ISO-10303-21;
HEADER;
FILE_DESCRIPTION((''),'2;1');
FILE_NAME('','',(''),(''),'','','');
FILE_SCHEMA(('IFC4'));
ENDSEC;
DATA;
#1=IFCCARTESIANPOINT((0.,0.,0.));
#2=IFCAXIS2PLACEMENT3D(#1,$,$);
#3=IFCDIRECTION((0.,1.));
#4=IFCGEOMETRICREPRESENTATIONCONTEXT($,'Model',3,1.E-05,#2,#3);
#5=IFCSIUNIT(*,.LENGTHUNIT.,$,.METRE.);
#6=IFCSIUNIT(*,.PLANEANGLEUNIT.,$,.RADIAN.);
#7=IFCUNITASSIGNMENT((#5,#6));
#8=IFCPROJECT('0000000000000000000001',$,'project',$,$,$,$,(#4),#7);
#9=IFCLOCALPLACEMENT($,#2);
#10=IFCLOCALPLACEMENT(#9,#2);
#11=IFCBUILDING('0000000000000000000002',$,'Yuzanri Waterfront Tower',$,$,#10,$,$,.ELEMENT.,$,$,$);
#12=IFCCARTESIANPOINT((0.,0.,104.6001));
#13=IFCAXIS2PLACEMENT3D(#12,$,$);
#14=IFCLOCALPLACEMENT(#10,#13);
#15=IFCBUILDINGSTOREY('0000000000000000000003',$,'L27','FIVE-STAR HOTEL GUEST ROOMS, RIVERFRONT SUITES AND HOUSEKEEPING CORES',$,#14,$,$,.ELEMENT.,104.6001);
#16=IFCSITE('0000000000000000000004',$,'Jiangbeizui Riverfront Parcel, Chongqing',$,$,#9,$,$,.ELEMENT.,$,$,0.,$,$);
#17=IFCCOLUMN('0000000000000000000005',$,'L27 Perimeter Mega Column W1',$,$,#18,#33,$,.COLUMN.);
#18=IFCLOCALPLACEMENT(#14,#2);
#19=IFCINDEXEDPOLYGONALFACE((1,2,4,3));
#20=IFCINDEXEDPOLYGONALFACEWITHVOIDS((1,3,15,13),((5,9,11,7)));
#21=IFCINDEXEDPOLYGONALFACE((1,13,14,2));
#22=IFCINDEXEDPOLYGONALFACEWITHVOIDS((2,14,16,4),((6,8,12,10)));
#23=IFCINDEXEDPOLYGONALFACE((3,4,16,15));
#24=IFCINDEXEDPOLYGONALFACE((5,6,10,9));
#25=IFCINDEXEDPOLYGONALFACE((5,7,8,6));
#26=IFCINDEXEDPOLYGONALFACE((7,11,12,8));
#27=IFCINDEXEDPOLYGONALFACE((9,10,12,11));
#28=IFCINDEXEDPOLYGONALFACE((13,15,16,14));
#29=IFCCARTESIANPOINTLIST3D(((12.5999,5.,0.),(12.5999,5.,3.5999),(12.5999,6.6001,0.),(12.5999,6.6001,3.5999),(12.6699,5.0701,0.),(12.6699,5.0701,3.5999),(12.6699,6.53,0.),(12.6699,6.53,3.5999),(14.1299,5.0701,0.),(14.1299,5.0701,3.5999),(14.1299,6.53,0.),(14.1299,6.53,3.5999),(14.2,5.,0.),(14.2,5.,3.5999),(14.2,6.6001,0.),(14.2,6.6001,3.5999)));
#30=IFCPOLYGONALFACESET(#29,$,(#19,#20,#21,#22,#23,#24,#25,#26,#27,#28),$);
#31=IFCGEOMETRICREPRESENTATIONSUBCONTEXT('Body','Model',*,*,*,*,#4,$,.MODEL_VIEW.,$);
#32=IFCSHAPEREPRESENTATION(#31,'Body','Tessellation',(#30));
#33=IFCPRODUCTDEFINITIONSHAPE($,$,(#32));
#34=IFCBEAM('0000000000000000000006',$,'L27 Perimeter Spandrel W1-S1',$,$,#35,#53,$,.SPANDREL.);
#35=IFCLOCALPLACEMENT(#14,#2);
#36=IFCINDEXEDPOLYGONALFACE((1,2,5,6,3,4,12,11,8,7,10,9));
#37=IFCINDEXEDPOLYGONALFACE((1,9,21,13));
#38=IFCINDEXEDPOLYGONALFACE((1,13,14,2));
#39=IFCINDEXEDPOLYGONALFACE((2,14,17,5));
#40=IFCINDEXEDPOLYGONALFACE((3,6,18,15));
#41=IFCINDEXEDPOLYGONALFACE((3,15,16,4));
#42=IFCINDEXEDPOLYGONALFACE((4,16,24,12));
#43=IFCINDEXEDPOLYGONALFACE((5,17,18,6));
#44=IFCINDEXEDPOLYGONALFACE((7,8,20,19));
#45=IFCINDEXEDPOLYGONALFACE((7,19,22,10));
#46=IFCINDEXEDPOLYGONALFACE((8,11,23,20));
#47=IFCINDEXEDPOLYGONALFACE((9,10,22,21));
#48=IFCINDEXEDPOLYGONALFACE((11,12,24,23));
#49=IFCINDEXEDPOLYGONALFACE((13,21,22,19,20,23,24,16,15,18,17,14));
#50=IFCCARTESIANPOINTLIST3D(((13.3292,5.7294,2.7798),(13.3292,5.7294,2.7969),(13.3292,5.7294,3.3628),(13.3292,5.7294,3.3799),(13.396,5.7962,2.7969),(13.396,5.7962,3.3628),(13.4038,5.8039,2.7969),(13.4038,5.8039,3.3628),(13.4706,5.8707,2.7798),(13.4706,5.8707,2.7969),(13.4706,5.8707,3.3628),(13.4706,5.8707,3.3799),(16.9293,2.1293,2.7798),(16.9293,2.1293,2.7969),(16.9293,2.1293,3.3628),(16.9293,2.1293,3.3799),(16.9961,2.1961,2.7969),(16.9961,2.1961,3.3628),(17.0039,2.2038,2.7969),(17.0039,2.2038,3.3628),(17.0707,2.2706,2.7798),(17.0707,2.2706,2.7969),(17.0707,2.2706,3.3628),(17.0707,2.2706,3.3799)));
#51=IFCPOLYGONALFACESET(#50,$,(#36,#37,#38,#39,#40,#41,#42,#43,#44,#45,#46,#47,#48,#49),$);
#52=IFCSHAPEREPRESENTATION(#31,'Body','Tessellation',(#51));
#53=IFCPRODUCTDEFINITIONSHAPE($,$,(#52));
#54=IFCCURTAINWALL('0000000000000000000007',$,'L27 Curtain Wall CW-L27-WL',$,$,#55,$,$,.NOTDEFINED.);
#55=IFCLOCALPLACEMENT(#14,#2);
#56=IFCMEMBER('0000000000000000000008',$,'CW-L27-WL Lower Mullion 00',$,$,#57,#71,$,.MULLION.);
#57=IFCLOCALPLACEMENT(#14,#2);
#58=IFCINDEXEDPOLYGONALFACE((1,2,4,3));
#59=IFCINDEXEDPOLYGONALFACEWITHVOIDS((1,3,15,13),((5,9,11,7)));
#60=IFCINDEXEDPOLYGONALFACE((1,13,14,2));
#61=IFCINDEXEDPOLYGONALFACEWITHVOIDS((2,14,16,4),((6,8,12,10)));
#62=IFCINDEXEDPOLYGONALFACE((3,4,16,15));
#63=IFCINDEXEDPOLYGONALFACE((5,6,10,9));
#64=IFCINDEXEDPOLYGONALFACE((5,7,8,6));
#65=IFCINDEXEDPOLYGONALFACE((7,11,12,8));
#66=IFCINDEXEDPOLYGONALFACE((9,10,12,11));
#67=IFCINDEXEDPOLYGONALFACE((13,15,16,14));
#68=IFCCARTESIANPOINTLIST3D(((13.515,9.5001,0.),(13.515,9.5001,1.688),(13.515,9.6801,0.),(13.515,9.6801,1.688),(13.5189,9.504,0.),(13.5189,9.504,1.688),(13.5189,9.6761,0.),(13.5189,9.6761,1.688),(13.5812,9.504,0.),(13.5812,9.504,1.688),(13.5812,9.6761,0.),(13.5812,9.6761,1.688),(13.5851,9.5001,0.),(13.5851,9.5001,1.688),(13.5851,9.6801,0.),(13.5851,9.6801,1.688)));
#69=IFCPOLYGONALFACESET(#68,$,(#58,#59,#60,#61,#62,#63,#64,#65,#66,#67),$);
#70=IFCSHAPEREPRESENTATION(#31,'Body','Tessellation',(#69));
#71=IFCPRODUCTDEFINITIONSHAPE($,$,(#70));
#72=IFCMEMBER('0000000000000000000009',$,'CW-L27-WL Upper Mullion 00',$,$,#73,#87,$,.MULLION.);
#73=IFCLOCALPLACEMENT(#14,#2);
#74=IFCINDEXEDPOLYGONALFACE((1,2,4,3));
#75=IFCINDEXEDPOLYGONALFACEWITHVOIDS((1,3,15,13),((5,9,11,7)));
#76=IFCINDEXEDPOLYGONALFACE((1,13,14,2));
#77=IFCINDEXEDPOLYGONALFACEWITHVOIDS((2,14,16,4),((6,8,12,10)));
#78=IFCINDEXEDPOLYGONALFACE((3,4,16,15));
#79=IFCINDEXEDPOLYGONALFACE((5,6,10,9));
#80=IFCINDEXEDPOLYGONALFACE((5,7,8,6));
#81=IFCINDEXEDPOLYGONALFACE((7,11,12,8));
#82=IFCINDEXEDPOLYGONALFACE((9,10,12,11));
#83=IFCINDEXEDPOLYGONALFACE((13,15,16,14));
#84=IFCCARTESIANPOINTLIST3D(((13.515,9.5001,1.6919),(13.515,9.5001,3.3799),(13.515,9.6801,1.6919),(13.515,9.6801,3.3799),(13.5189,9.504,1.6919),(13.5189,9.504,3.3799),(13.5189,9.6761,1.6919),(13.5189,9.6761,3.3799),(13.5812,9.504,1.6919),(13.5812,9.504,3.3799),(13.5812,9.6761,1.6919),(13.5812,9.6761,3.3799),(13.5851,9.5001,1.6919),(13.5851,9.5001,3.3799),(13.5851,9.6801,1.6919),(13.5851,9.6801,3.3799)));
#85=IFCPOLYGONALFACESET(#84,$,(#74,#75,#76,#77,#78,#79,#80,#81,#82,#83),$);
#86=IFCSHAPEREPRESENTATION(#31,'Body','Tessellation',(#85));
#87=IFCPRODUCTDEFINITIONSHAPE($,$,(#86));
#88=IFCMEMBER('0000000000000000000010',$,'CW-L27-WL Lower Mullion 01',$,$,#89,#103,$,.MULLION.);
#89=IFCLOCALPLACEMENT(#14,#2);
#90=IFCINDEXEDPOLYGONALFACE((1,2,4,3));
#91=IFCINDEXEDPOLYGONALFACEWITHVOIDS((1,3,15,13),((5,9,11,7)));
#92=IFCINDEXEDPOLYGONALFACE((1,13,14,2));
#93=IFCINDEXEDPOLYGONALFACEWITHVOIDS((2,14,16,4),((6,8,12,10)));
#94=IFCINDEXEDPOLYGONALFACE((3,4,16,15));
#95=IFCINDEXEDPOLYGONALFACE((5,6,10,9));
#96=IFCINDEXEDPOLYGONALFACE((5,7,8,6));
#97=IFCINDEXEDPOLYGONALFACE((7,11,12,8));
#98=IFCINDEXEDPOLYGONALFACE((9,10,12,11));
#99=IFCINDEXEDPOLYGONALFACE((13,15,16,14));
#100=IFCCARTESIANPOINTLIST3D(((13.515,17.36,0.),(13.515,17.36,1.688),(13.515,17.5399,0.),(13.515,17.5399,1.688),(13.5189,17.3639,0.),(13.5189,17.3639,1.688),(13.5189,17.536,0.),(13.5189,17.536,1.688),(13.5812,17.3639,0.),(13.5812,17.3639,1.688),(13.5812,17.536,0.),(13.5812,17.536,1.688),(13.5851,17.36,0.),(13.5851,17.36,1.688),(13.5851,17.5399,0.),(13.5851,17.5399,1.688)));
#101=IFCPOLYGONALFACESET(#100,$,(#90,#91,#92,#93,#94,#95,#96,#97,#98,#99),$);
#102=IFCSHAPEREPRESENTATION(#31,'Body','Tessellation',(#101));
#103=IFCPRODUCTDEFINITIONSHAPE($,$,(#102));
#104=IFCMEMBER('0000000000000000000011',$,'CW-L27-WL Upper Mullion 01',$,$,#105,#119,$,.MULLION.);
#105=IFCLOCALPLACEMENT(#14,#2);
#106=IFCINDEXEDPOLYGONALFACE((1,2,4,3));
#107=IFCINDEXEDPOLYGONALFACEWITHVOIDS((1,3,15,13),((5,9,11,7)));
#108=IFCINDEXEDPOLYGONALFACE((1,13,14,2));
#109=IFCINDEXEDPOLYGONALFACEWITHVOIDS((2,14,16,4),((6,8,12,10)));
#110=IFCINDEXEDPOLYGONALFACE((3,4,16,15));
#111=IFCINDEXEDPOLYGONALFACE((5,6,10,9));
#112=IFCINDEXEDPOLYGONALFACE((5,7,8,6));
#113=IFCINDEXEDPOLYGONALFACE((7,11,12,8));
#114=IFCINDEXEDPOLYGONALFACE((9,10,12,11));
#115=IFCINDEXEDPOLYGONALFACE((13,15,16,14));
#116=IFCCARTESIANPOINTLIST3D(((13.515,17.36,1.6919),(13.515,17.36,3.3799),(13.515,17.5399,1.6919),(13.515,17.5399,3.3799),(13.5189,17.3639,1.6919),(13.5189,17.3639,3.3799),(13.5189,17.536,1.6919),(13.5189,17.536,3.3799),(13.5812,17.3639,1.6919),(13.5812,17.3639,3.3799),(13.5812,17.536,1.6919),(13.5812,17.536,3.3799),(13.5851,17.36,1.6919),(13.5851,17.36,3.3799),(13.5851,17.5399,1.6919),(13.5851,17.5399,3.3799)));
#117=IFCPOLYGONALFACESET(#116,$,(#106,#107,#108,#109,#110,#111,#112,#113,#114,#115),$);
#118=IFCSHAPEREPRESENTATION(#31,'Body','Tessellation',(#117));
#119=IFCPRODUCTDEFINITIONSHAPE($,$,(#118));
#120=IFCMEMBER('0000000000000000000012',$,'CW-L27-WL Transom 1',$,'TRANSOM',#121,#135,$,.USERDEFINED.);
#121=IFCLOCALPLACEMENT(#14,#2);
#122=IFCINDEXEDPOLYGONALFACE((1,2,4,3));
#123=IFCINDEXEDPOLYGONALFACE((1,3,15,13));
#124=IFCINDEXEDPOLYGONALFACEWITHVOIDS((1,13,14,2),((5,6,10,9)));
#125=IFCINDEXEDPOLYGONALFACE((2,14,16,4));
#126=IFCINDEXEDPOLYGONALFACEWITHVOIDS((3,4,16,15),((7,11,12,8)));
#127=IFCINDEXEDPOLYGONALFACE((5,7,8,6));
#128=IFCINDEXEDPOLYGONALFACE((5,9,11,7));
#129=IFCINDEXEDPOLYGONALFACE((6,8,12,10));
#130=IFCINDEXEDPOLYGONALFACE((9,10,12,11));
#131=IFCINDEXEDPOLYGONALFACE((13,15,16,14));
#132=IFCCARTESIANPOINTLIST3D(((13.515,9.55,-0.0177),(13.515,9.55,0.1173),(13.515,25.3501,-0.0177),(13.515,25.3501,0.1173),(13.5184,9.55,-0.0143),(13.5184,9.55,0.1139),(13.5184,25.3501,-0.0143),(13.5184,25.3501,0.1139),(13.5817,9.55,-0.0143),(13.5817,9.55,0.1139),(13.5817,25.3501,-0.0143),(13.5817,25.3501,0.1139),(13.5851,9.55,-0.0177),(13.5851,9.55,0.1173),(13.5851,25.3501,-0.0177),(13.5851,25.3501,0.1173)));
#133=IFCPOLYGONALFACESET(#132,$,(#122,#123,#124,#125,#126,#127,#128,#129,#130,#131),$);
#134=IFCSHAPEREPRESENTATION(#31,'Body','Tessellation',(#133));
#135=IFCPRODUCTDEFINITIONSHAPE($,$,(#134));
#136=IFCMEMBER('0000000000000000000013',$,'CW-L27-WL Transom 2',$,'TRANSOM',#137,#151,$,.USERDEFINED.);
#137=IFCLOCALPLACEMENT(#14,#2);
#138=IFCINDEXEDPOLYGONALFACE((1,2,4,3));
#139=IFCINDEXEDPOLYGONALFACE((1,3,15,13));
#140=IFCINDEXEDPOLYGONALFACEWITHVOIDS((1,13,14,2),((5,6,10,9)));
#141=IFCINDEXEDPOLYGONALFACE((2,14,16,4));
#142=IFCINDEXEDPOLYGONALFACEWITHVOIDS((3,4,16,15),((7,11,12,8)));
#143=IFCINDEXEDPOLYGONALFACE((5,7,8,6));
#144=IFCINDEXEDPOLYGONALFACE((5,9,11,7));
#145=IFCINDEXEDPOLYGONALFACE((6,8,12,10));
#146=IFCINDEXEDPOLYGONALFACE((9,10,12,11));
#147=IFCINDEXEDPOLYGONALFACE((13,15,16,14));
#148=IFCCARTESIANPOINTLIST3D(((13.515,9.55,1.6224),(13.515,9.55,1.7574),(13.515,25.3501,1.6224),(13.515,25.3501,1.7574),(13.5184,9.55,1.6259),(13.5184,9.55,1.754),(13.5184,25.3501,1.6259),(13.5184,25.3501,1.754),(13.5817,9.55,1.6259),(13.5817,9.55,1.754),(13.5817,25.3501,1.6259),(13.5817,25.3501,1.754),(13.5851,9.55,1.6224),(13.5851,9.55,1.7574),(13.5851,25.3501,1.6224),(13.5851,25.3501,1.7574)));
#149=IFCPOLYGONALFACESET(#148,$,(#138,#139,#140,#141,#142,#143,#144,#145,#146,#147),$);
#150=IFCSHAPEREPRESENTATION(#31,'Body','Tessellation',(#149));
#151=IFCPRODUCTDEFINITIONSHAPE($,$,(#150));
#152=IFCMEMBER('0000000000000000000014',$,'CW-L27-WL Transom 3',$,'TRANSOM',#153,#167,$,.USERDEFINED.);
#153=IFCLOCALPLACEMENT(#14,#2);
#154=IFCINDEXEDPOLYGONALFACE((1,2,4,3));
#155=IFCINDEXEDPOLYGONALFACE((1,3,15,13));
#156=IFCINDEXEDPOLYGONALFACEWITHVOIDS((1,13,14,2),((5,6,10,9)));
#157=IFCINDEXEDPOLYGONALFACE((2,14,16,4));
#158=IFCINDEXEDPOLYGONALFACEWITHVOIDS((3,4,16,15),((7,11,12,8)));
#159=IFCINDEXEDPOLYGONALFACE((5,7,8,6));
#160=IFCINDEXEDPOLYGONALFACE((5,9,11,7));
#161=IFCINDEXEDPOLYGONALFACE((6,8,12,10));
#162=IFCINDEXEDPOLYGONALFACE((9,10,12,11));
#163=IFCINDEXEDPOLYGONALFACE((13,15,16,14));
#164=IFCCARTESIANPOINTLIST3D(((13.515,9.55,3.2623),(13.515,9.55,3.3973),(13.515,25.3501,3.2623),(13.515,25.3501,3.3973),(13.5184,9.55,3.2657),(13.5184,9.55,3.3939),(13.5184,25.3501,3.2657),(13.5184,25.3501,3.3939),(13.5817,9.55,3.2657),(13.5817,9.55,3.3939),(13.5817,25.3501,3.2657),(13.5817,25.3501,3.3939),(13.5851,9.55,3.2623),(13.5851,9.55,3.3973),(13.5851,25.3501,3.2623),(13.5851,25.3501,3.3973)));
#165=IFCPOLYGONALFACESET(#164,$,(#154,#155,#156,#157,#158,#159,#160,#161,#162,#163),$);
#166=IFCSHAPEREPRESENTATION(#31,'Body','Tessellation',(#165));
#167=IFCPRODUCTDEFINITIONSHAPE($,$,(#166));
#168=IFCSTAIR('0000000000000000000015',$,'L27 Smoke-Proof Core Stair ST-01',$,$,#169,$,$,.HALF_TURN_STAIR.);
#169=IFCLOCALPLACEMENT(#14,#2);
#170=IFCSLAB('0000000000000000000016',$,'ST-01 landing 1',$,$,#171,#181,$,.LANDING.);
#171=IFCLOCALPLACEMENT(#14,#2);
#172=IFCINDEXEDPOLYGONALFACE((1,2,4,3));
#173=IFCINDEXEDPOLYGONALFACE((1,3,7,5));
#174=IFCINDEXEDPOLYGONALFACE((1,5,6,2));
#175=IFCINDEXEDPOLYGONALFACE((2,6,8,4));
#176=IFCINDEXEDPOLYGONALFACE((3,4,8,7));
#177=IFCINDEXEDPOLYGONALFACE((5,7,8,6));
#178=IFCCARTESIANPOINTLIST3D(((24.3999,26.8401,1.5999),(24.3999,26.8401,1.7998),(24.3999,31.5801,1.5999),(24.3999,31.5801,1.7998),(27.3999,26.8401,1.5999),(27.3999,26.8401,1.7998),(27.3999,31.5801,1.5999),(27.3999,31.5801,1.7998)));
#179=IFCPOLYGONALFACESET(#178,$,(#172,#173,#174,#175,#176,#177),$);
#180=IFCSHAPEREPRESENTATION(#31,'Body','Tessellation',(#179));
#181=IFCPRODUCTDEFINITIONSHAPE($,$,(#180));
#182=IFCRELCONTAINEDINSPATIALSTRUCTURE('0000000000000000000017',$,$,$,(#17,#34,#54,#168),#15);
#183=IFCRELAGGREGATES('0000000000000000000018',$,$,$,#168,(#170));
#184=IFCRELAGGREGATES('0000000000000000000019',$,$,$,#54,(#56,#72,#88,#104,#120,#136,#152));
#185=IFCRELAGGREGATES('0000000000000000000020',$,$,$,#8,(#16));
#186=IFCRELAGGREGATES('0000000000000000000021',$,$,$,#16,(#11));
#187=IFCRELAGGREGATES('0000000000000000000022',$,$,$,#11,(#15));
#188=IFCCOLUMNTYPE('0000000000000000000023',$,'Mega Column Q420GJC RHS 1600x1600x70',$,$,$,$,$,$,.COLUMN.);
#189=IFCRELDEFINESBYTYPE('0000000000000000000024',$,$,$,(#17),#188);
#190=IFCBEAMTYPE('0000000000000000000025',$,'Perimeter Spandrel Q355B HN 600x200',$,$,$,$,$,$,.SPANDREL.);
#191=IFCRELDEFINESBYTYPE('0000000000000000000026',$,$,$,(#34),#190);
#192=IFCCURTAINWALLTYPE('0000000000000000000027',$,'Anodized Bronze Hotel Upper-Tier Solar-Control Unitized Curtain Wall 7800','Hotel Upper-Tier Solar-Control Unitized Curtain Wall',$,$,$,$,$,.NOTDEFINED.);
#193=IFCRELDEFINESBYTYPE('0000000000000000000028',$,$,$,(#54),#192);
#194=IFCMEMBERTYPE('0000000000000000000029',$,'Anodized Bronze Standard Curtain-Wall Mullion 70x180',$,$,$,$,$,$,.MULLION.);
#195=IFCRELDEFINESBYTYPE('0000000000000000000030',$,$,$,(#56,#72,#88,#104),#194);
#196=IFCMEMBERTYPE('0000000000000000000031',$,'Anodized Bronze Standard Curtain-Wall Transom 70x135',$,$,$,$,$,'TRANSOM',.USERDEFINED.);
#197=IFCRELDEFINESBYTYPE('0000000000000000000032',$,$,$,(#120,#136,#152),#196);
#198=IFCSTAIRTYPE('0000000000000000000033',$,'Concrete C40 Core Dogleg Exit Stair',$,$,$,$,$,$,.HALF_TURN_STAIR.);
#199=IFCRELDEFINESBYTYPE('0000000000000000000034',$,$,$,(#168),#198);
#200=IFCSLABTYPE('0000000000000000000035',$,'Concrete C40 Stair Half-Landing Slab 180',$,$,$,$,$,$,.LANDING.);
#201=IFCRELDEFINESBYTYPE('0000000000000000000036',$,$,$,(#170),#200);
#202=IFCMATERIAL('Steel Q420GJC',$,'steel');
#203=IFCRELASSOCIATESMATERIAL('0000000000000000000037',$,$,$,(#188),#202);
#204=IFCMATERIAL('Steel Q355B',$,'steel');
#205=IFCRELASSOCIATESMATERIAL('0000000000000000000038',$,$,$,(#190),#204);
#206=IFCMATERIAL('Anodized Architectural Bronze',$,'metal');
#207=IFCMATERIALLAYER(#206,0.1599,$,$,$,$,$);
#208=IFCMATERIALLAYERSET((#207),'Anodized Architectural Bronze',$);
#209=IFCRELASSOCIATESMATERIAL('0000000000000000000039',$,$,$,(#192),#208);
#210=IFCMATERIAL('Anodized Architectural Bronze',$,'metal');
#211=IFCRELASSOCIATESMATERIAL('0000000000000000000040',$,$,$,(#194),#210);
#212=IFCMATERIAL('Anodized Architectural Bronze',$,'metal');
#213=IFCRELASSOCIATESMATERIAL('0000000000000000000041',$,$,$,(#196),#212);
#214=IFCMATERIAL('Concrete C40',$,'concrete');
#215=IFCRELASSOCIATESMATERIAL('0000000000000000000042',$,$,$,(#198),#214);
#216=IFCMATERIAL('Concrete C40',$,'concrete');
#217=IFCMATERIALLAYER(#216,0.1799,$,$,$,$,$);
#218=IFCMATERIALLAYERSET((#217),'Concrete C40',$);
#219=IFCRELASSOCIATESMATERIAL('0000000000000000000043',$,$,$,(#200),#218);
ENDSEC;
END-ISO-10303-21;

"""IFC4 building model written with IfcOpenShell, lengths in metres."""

from ifc_helpers import new_model, si_unit, direction, frame, origin, origin_2d, place, context, subcontext, project, spatial, polyline, hollow_rectangle, i_section, outline, extrude, source, transform, mapped, material, layer, layer_set, material_profile, profile_set, type_object, element, aggregate, save


model = new_model("IFC4")

# Units and contexts
model_context = context("Model", 3, precision=1e-05, world=origin(), true_north=direction((0.0, 1.0)))
body_context = subcontext(model_context, "Body", "Model", "MODEL_VIEW")
ifc_project = project(units=[si_unit("LENGTHUNIT", "METRE"), si_unit("PLANEANGLEUNIT", "RADIAN")], contexts=[model_context])

# Site, building, storey
site_placement = place(None, origin())
site = spatial("IfcSite", under=ifc_project, at=site_placement, Name="Jiangbeizui Riverfront Parcel, Chongqing", CompositionType="ELEMENT", RefElevation=0.0)
building_placement = place(site_placement, origin())
building = spatial("IfcBuilding", under=site, at=building_placement, Name="Yuzanri Waterfront Tower", CompositionType="ELEMENT")
storey_placement = place(building_placement, frame((0.0, 0.0, 104.6001)))
storey = spatial("IfcBuildingStorey", under=building, at=storey_placement, Name="L27", Description="FIVE-STAR HOTEL GUEST ROOMS, RIVERFRONT SUITES AND HOUSEKEEPING CORES", CompositionType="ELEMENT", Elevation=104.6001)

# Column
ifc_material_1 = material(Name="Steel Q420GJC", Category="steel")
ifc_material_profile_1 = material_profile(ifc_material_1, hollow_rectangle(XDim=1.6001, YDim=1.6001, WallThickness=0.0701, at=origin_2d()), Name="RHS 1600x1600x70")
ifc_profile_set_1 = profile_set([ifc_material_profile_1], Name="Steel Q420GJC")
column_type = type_object("IfcColumnType", Name="Mega Column Q420GJC RHS 1600x1600x70", PredefinedType="COLUMN", material=ifc_profile_set_1)
shared_shape_1 = source(origin(), body_context, "Body", "SweptSolid", [
    extrude(hollow_rectangle(XDim=1.6001, YDim=1.6001, WallThickness=0.0701, at=origin_2d()), origin(), (0.0, 0.0, 1.0), 3.5999),
])
column_placement = place(storey_placement, frame((13.3999, 5.8, 0.0), z_axis=(0.0, 0.0, 1.0), x_axis=(1.0, 0.0, 0.0)))
element("IfcColumn", 1, at=column_placement, inside=storey, type_object=column_type, Name="L27 Perimeter Mega Column W1", PredefinedType="COLUMN", context=body_context, shape_type="MappedRepresentation", body=[
    mapped(shared_shape_1, transform((0.0, 0.0, 0.0), scale=1.0)),
])

# Beam
ifc_material_2 = material(Name="Steel Q355B", Category="steel")
ifc_material_profile_2 = material_profile(ifc_material_2, i_section(OverallWidth=0.2, OverallDepth=0.6001, WebThickness=0.011, FlangeThickness=0.0171, at=origin_2d()), Name="HN 600x200x11x17")
ifc_profile_set_2 = profile_set([ifc_material_profile_2], Name="Steel Q355B")
beam_type = type_object("IfcBeamType", Name="Perimeter Spandrel Q355B HN 600x200", PredefinedType="SPANDREL", material=ifc_profile_set_2)
shared_shape_2 = source(origin(), body_context, "Body", "SweptSolid", [
    extrude(i_section(OverallWidth=0.2, OverallDepth=0.6001, WebThickness=0.011, FlangeThickness=0.0171, at=origin_2d()), origin(), (0.0, 0.0, 1.0), 5.0913),
])
beam_placement = place(storey_placement, frame((13.3999, 5.8, 3.0798), z_axis=(0.707107, -0.707107, 0.0), x_axis=(0.707107, 0.707107, 0.0)))
element("IfcBeam", 2, at=beam_placement, inside=storey, type_object=beam_type, Name="L27 Perimeter Spandrel W1-S1", PredefinedType="SPANDREL", context=body_context, shape_type="MappedRepresentation", body=[
    mapped(shared_shape_2, transform((0.0, 0.0, 0.0), scale=1.0)),
])

# Curtain wall, members
ifc_material_3 = material(Name="Anodized Architectural Bronze", Category="metal")
ifc_layer_1 = layer(ifc_material_3, 0.1599)
ifc_layer_set_1 = layer_set([ifc_layer_1], Name="Anodized Architectural Bronze")
curtain_wall_type = type_object("IfcCurtainWallType", Name="Anodized Bronze Hotel Upper-Tier Solar-Control Unitized Curtain Wall 7800", Description="Hotel Upper-Tier Solar-Control Unitized Curtain Wall", PredefinedType="NOTDEFINED", material=ifc_layer_set_1)
curtain_wall_placement = place(storey_placement, origin())
curtain_wall = element("IfcCurtainWall", 3, at=curtain_wall_placement, inside=storey, type_object=curtain_wall_type, Name="L27 Curtain Wall CW-L27-WL", PredefinedType="NOTDEFINED")
ifc_material_4 = material(Name="Anodized Architectural Bronze", Category="metal")
ifc_material_profile_3 = material_profile(ifc_material_4, hollow_rectangle(XDim=0.0701, YDim=0.1799, WallThickness=0.0039, at=origin_2d()), Name="CWM 70x180")
ifc_profile_set_3 = profile_set([ifc_material_profile_3], Name="Anodized Architectural Bronze")
member_type_1 = type_object("IfcMemberType", Name="Anodized Bronze Standard Curtain-Wall Mullion 70x180", PredefinedType="MULLION", material=ifc_profile_set_3)
shared_shape_3 = source(origin(), body_context, "Body", "SweptSolid", [
    extrude(hollow_rectangle(XDim=0.0701, YDim=0.1799, WallThickness=0.0039, at=origin_2d()), origin(), (0.0, 0.0, 1.0), 1.688),
])
member_1_placement = place(storey_placement, frame((13.55, 9.5901, 0.0), z_axis=(0.0, 0.0, 1.0), x_axis=(1.0, 0.0, 0.0)))
member_1 = element("IfcMember", 4, at=member_1_placement, type_object=member_type_1, Name="CW-L27-WL Lower Mullion 00", PredefinedType="MULLION", context=body_context, shape_type="MappedRepresentation", body=[
    mapped(shared_shape_3, transform((0.0, 0.0, 0.0), scale=1.0)),
])
member_2_placement = place(storey_placement, frame((13.55, 9.5901, 1.6919), z_axis=(0.0, 0.0, 1.0), x_axis=(1.0, 0.0, 0.0)))
member_2 = element("IfcMember", 5, at=member_2_placement, type_object=member_type_1, Name="CW-L27-WL Upper Mullion 00", PredefinedType="MULLION", context=body_context, shape_type="MappedRepresentation", body=[
    mapped(shared_shape_3, transform((0.0, 0.0, 0.0), scale=1.0)),
])
member_3_placement = place(storey_placement, frame((13.55, 17.45, 0.0), z_axis=(0.0, 0.0, 1.0), x_axis=(1.0, 0.0, 0.0)))
member_3 = element("IfcMember", 6, at=member_3_placement, type_object=member_type_1, Name="CW-L27-WL Lower Mullion 01", PredefinedType="MULLION", context=body_context, shape_type="MappedRepresentation", body=[
    mapped(shared_shape_3, transform((0.0, 0.0, 0.0), scale=1.0)),
])
member_4_placement = place(storey_placement, frame((13.55, 17.45, 1.6919), z_axis=(0.0, 0.0, 1.0), x_axis=(1.0, 0.0, 0.0)))
member_4 = element("IfcMember", 7, at=member_4_placement, type_object=member_type_1, Name="CW-L27-WL Upper Mullion 01", PredefinedType="MULLION", context=body_context, shape_type="MappedRepresentation", body=[
    mapped(shared_shape_3, transform((0.0, 0.0, 0.0), scale=1.0)),
])
ifc_material_5 = material(Name="Anodized Architectural Bronze", Category="metal")
ifc_material_profile_4 = material_profile(ifc_material_5, hollow_rectangle(XDim=0.0701, YDim=0.135, WallThickness=0.0034, at=origin_2d()), Name="CWT 70x135")
ifc_profile_set_4 = profile_set([ifc_material_profile_4], Name="Anodized Architectural Bronze")
member_type_2 = type_object("IfcMemberType", Name="Anodized Bronze Standard Curtain-Wall Transom 70x135", ElementType="TRANSOM", PredefinedType="USERDEFINED", material=ifc_profile_set_4)
shared_shape_4 = source(origin(), body_context, "Body", "SweptSolid", [
    extrude(hollow_rectangle(XDim=0.0701, YDim=0.135, WallThickness=0.0034, at=origin_2d()), origin(), (0.0, 0.0, 1.0), 15.8),
])
member_5_placement = place(storey_placement, frame((13.55, 9.55, 0.0498), z_axis=(0.0, 1.0, 0.0), x_axis=(-1.0, 0.0, 0.0)))
member_5 = element("IfcMember", 8, at=member_5_placement, type_object=member_type_2, Name="CW-L27-WL Transom 1", ObjectType="TRANSOM", PredefinedType="USERDEFINED", context=body_context, shape_type="MappedRepresentation", body=[
    mapped(shared_shape_4, transform((0.0, 0.0, 0.0), scale=1.0)),
])
member_6_placement = place(storey_placement, frame((13.55, 9.55, 1.6899), z_axis=(0.0, 1.0, 0.0), x_axis=(-1.0, 0.0, 0.0)))
member_6 = element("IfcMember", 9, at=member_6_placement, type_object=member_type_2, Name="CW-L27-WL Transom 2", ObjectType="TRANSOM", PredefinedType="USERDEFINED", context=body_context, shape_type="MappedRepresentation", body=[
    mapped(shared_shape_4, transform((0.0, 0.0, 0.0), scale=1.0)),
])
member_7_placement = place(storey_placement, frame((13.55, 9.55, 3.3298), z_axis=(0.0, 1.0, 0.0), x_axis=(-1.0, 0.0, 0.0)))
member_7 = element("IfcMember", 10, at=member_7_placement, type_object=member_type_2, Name="CW-L27-WL Transom 3", ObjectType="TRANSOM", PredefinedType="USERDEFINED", context=body_context, shape_type="MappedRepresentation", body=[
    mapped(shared_shape_4, transform((0.0, 0.0, 0.0), scale=1.0)),
])

# Stair, slab
ifc_material_6 = material(Name="Concrete C40", Category="concrete")
stair_type = type_object("IfcStairType", Name="Concrete C40 Core Dogleg Exit Stair", PredefinedType="HALF_TURN_STAIR", material=ifc_material_6)
stair_1_placement = place(storey_placement, origin())
stair_1 = element("IfcStair", 11, at=stair_1_placement, inside=storey, type_object=stair_type, Name="L27 Smoke-Proof Core Stair ST-01", PredefinedType="HALF_TURN_STAIR")
ifc_material_7 = material(Name="Concrete C40", Category="concrete")
ifc_layer_2 = layer(ifc_material_7, 0.1799)
ifc_layer_set_2 = layer_set([ifc_layer_2], Name="Concrete C40")
slab_type_1 = type_object("IfcSlabType", Name="Concrete C40 Stair Half-Landing Slab 180", PredefinedType="LANDING", material=ifc_layer_set_2)
slab_1_placement = place(storey_placement, frame((0.0, 0.0, 1.5999)))
slab_1 = element("IfcSlab", 12, at=slab_1_placement, type_object=slab_type_1, Name="ST-01 landing 1", PredefinedType="LANDING", context=body_context, shape_type="SweptSolid", body=[
    extrude(outline(polyline([(27.3999, 26.8401), (27.3999, 31.5801), (24.3999, 31.5801), (24.3999, 26.8401), (27.3999, 26.8401)])), origin(), (0.0, 0.0, 1.0), 0.2),
])
aggregate(stair_1, [slab_1])

aggregate(curtain_wall, [member_1, member_2, member_3, member_4, member_5, member_6, member_7])

save(model, "model.ifc")
